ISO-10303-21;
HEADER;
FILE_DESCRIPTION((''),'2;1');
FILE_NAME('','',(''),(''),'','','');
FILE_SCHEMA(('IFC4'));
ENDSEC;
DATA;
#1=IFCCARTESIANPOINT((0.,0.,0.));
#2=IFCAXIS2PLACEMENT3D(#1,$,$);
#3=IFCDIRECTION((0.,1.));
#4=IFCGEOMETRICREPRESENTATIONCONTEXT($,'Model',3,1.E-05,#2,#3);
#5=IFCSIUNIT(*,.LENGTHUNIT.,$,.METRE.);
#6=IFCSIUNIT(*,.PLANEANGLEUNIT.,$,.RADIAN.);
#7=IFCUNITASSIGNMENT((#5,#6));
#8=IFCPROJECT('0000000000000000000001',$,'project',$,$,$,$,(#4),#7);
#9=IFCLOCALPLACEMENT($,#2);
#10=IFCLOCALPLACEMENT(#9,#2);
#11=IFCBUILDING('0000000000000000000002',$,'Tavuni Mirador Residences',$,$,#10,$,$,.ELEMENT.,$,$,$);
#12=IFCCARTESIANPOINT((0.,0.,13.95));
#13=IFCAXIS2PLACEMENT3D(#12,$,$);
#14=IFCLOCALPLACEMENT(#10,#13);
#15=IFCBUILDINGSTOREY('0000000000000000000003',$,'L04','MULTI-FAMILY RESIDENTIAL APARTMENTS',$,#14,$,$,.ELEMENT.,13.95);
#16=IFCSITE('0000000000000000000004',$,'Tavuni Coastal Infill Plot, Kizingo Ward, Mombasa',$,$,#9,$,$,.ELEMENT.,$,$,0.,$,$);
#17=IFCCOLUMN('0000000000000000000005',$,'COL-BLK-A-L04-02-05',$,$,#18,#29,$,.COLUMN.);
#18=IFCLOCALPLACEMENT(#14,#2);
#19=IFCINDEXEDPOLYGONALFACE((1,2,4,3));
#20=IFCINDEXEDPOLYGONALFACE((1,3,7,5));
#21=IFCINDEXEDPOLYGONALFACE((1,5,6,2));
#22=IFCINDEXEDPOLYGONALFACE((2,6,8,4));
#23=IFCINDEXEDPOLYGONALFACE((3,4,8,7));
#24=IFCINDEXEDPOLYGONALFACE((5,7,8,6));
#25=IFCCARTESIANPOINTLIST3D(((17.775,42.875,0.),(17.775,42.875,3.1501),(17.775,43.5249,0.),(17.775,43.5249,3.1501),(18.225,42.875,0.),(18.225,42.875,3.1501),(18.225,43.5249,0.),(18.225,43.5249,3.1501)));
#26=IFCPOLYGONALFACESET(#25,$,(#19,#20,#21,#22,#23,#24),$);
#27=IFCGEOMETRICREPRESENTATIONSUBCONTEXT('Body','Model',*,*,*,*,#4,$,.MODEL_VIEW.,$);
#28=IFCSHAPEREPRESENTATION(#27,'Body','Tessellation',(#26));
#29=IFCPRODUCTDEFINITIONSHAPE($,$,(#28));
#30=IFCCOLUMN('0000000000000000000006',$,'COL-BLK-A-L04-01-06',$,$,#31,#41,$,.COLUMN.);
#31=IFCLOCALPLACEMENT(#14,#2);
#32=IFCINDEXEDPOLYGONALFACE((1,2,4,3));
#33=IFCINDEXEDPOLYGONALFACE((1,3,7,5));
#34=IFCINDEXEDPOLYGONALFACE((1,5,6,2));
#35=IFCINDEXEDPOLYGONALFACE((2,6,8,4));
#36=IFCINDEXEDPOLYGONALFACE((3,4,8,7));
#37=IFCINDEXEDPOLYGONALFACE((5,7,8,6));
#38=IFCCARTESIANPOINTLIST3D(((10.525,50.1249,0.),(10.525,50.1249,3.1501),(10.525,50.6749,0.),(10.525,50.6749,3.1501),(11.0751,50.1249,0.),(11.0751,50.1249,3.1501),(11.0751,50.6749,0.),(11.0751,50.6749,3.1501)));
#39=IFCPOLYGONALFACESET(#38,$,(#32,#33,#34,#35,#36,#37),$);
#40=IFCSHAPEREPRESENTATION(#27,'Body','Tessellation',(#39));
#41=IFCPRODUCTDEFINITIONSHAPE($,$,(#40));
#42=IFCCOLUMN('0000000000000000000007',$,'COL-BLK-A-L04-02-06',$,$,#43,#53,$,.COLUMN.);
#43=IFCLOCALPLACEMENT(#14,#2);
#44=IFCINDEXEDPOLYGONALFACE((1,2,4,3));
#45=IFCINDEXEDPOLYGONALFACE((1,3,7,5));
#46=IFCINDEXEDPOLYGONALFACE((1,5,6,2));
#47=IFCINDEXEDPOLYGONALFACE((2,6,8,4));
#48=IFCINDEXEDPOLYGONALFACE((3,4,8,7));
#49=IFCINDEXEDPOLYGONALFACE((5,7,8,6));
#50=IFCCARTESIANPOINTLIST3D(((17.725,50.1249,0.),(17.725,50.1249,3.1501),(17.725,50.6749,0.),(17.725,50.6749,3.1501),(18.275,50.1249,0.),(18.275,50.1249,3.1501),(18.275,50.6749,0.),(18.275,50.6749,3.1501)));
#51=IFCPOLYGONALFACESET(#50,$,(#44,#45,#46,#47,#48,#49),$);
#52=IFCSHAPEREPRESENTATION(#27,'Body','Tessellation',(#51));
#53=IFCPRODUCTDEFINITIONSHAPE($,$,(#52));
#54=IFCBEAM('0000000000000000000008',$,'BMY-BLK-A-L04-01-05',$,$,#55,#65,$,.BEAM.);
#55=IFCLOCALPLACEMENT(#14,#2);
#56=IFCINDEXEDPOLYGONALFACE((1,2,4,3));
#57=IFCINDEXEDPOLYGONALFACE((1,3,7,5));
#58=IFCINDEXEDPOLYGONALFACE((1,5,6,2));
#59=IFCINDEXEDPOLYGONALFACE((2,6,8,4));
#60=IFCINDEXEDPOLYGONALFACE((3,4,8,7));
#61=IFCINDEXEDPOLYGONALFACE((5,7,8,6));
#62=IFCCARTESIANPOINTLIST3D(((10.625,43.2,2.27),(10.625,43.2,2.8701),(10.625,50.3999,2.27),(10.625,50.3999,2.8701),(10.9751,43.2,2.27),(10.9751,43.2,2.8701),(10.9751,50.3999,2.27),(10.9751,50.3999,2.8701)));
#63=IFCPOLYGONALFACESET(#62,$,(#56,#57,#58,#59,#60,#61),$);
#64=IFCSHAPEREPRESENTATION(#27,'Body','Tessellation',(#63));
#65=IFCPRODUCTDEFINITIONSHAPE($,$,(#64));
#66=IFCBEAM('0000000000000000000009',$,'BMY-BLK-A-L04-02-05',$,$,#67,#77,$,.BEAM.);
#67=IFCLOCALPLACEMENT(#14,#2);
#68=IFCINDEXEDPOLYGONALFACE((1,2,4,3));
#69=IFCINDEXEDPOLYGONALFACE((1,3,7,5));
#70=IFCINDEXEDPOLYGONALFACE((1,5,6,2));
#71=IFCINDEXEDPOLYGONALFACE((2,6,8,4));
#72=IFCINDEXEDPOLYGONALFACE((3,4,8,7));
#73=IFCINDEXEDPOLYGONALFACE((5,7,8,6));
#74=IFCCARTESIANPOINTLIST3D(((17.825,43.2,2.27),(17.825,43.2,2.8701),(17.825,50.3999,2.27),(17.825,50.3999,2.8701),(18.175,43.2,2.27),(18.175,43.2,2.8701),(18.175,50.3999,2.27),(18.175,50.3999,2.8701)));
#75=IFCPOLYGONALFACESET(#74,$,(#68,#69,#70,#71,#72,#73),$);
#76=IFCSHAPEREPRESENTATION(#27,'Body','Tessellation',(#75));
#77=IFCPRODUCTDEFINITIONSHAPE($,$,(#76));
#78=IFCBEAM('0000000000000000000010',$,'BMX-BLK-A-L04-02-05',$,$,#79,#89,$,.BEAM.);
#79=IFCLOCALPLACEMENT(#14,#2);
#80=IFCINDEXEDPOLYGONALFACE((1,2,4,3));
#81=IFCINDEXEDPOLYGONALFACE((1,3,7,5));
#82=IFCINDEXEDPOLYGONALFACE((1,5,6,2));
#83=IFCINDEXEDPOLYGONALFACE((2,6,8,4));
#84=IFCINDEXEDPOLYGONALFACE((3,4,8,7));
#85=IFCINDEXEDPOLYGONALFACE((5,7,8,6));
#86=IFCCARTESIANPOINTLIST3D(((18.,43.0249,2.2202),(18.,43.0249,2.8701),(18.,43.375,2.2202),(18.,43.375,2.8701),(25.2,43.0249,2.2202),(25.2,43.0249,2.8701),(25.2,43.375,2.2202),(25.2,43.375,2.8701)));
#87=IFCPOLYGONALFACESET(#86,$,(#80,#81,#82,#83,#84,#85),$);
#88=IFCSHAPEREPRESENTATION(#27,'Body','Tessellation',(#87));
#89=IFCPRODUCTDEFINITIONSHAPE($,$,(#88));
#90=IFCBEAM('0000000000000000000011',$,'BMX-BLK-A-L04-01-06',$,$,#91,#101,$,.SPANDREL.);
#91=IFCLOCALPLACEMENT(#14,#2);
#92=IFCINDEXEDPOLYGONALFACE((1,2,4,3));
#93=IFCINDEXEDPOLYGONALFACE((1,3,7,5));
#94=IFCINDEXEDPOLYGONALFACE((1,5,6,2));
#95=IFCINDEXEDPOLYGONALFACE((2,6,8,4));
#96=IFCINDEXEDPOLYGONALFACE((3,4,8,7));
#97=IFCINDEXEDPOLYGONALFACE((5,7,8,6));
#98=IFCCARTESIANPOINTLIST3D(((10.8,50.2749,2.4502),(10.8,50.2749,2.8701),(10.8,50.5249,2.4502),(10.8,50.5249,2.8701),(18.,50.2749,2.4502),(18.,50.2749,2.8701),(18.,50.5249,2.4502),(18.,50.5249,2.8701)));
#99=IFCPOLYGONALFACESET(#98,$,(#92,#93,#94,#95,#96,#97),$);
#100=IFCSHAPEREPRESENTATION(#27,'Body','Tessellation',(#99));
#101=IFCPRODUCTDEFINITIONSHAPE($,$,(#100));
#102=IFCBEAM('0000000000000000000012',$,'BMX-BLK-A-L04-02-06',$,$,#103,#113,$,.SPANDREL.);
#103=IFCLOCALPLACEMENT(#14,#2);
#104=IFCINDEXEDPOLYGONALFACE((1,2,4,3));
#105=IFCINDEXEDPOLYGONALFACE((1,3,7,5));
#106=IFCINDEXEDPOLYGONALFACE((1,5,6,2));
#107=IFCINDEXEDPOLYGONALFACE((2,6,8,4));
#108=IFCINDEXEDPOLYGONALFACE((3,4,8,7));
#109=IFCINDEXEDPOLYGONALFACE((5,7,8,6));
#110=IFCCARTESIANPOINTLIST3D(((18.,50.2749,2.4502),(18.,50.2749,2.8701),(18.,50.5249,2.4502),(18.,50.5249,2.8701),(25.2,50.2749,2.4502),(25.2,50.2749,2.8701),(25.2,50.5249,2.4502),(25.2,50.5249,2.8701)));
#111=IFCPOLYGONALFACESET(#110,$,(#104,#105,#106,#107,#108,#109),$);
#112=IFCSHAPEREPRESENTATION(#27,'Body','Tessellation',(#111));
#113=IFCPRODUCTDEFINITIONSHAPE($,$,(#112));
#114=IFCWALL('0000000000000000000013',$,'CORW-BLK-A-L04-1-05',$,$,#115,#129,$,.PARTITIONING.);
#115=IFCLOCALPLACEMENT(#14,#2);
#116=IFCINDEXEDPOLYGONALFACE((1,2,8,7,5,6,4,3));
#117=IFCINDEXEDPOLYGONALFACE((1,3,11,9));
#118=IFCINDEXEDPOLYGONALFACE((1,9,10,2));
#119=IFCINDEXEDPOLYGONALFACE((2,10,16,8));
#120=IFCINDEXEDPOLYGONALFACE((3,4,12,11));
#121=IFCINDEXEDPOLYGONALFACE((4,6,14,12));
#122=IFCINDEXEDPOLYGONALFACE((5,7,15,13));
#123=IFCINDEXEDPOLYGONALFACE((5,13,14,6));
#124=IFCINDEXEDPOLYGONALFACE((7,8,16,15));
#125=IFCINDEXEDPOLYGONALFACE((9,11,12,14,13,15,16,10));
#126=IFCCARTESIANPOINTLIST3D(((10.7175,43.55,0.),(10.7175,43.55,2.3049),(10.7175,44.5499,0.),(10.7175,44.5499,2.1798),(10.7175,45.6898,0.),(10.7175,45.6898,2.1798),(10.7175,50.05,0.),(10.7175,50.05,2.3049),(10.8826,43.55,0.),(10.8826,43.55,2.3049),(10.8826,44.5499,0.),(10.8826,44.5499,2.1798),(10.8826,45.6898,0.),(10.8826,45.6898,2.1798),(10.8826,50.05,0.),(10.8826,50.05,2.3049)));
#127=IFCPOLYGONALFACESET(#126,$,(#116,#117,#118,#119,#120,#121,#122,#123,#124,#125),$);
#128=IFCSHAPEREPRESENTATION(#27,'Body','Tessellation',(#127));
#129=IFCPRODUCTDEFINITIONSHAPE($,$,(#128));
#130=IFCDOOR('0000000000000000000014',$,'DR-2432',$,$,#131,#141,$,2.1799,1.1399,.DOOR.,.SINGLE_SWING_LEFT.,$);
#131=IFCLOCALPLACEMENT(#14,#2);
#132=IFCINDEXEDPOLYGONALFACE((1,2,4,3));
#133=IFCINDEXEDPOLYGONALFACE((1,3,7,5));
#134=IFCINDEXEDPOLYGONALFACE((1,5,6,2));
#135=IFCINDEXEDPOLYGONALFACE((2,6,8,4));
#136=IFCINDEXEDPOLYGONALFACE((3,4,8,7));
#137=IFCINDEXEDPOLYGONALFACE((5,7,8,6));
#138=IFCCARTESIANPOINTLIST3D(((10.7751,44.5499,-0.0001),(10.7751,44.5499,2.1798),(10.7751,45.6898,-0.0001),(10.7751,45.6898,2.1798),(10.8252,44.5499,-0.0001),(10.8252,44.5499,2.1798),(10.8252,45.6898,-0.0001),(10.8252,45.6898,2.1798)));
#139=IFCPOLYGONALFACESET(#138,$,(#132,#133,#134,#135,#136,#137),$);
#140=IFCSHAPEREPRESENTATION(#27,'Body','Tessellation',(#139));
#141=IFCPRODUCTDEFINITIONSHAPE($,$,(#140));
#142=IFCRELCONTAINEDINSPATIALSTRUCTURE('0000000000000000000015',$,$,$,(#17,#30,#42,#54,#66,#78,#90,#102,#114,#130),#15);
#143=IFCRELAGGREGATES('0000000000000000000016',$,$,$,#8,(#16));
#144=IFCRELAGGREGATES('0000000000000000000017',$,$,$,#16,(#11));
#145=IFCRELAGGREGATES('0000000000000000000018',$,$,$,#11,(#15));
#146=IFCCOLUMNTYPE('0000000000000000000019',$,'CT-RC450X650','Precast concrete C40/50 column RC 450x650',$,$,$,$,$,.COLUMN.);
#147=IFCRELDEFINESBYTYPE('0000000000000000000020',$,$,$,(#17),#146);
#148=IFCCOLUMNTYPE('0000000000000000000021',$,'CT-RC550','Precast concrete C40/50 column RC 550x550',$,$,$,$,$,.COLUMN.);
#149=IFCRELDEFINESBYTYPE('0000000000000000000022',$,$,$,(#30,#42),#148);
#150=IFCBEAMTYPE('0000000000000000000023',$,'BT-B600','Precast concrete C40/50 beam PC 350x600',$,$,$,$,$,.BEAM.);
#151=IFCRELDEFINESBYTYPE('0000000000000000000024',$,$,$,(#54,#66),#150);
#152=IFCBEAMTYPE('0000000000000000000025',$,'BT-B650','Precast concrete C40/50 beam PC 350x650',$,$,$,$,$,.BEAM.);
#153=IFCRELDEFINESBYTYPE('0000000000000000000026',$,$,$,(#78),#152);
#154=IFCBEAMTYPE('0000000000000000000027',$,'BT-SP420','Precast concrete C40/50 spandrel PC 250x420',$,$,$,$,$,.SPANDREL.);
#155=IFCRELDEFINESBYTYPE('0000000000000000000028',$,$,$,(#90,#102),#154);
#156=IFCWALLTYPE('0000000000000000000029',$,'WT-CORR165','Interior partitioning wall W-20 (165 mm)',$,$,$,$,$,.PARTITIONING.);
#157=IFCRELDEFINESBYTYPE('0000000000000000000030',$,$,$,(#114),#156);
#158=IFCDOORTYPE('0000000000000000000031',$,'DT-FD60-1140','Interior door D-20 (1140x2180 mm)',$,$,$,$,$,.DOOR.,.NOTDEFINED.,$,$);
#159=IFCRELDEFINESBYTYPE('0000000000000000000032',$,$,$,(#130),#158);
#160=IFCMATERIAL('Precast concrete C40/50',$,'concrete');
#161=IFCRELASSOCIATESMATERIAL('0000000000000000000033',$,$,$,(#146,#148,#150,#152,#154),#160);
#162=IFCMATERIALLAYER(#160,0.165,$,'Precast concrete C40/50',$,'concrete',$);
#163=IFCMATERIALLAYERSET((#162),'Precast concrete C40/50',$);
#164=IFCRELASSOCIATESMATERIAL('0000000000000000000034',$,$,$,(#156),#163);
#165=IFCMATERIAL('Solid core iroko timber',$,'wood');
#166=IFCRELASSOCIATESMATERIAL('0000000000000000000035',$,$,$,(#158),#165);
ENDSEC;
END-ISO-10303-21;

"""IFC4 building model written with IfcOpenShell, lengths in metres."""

from ifc_helpers import new_model, si_unit, direction, frame, frame_2d, origin, origin_2d, place, context, subcontext, project, spatial, rectangle, extrude, material, layer, layer_set, material_profile, profile_set, type_object, element, fill, save


model = new_model("IFC4")

# Units and contexts
model_context = context("Model", 3, precision=1e-05, world=origin(), true_north=direction((0.0, 1.0)))
body_context = subcontext(model_context, "Body", "Model", "MODEL_VIEW")
ifc_project = project(units=[si_unit("LENGTHUNIT", "METRE"), si_unit("PLANEANGLEUNIT", "RADIAN")], contexts=[model_context])

# Site, building, storey
site_placement = place(None, origin())
site = spatial("IfcSite", under=ifc_project, at=site_placement, Name="Tavuni Coastal Infill Plot, Kizingo Ward, Mombasa", CompositionType="ELEMENT", RefElevation=0.0)
building_placement = place(site_placement, origin())
building = spatial("IfcBuilding", under=site, at=building_placement, Name="Tavuni Mirador Residences", CompositionType="ELEMENT")
storey_placement = place(building_placement, frame((0.0, 0.0, 13.95)))
storey = spatial("IfcBuildingStorey", under=building, at=storey_placement, Name="L04", Description="MULTI-FAMILY RESIDENTIAL APARTMENTS", CompositionType="ELEMENT", Elevation=13.95)

# Columns
ifc_material_1 = material(Name="Precast concrete C40/50", Category="concrete")
ifc_material_profile_1 = material_profile(ifc_material_1, rectangle(XDim=0.45, YDim=0.6499, at=origin_2d()), Name="RC 450x650", Category="concrete")
ifc_profile_set_1 = profile_set([ifc_material_profile_1], Name="Precast concrete C40/50")
column_type_1 = type_object("IfcColumnType", Name="CT-RC450X650", Description="Precast concrete C40/50 column RC 450x650", PredefinedType="COLUMN", material=ifc_profile_set_1)
column_placement = place(storey_placement, frame((18.0, 43.2, 0.0), z_axis=(0.0, 0.0, 1.0), x_axis=(1.0, 0.0, 0.0)))
element("IfcColumn", 1, at=column_placement, inside=storey, type_object=column_type_1, Name="COL-BLK-A-L04-02-05", PredefinedType="COLUMN", context=body_context, shape_type="SweptSolid", body=[
    extrude(rectangle(XDim=0.45, YDim=0.6499, at=origin_2d()), origin(), (0.0, 0.0, 1.0), 3.1501),
])
ifc_material_profile_2 = material_profile(ifc_material_1, rectangle(XDim=0.55, YDim=0.55, at=origin_2d()), Name="RC 550x550", Category="concrete")
ifc_profile_set_2 = profile_set([ifc_material_profile_2], Name="Precast concrete C40/50")
column_type_2 = type_object("IfcColumnType", Name="CT-RC550", Description="Precast concrete C40/50 column RC 550x550", PredefinedType="COLUMN", material=ifc_profile_set_2)
for number, where, z_axis, x_axis, name in (
    (2, (10.8, 50.3999, 0.0), (0.0, 0.0, 1.0), (1.0, 0.0, 0.0), "COL-BLK-A-L04-01-06"),
    (3, (18.0, 50.3999, 0.0), (0.0, 0.0, 1.0), (1.0, 0.0, 0.0), "COL-BLK-A-L04-02-06"),
):
    element("IfcColumn", number, at=place(storey_placement, frame(where, z_axis=z_axis, x_axis=x_axis)), inside=storey, type_object=column_type_2, Name=name, PredefinedType="COLUMN", context=body_context, shape_type="SweptSolid", body=[
        extrude(rectangle(XDim=0.55, YDim=0.55, at=origin_2d()), origin(), (0.0, 0.0, 1.0), 3.1501),
    ])

# Beams
ifc_material_profile_3 = material_profile(ifc_material_1, rectangle(XDim=0.3501, YDim=0.6001, at=origin_2d()), Name="PC 350x600", Category="concrete")
ifc_profile_set_3 = profile_set([ifc_material_profile_3], Name="Precast concrete C40/50")
beam_type_1 = type_object("IfcBeamType", Name="BT-B600", Description="Precast concrete C40/50 beam PC 350x600", PredefinedType="BEAM", material=ifc_profile_set_3)
for number, where, z_axis, x_axis, name in (
    (4, (10.8, 43.2, 2.5701), (0.0, 1.0, 0.0), (-1.0, 0.0, 0.0), "BMY-BLK-A-L04-01-05"),
    (5, (18.0, 43.2, 2.5701), (0.0, 1.0, 0.0), (-1.0, 0.0, 0.0), "BMY-BLK-A-L04-02-05"),
):
    element("IfcBeam", number, at=place(storey_placement, frame(where, z_axis=z_axis, x_axis=x_axis)), inside=storey, type_object=beam_type_1, Name=name, PredefinedType="BEAM", context=body_context, shape_type="SweptSolid", body=[
        extrude(rectangle(XDim=0.3501, YDim=0.6001, at=origin_2d()), origin(), (0.0, 0.0, 1.0), 7.2),
    ])
ifc_material_profile_4 = material_profile(ifc_material_1, rectangle(XDim=0.3501, YDim=0.6499, at=origin_2d()), Name="PC 350x650", Category="concrete")
ifc_profile_set_4 = profile_set([ifc_material_profile_4], Name="Precast concrete C40/50")
beam_type_2 = type_object("IfcBeamType", Name="BT-B650", Description="Precast concrete C40/50 beam PC 350x650", PredefinedType="BEAM", material=ifc_profile_set_4)
beam_placement = place(storey_placement, frame((18.0, 43.2, 2.5452), z_axis=(1.0, 0.0, 0.0), x_axis=(0.0, 1.0, 0.0)))
element("IfcBeam", 6, at=beam_placement, inside=storey, type_object=beam_type_2, Name="BMX-BLK-A-L04-02-05", PredefinedType="BEAM", context=body_context, shape_type="SweptSolid", body=[
    extrude(rectangle(XDim=0.3501, YDim=0.6499, at=origin_2d()), origin(), (0.0, 0.0, 1.0), 7.2),
])
ifc_material_profile_5 = material_profile(ifc_material_1, rectangle(XDim=0.25, YDim=0.4199, at=origin_2d()), Name="PC 250x420", Category="concrete")
ifc_profile_set_5 = profile_set([ifc_material_profile_5], Name="Precast concrete C40/50")
beam_type_3 = type_object("IfcBeamType", Name="BT-SP420", Description="Precast concrete C40/50 spandrel PC 250x420", PredefinedType="SPANDREL", material=ifc_profile_set_5)
for number, where, z_axis, x_axis, name in (
    (7, (10.8, 50.3999, 2.6602), (1.0, 0.0, 0.0), (0.0, 1.0, 0.0), "BMX-BLK-A-L04-01-06"),
    (8, (18.0, 50.3999, 2.6602), (1.0, 0.0, 0.0), (0.0, 1.0, 0.0), "BMX-BLK-A-L04-02-06"),
):
    element("IfcBeam", number, at=place(storey_placement, frame(where, z_axis=z_axis, x_axis=x_axis)), inside=storey, type_object=beam_type_3, Name=name, PredefinedType="SPANDREL", context=body_context, shape_type="SweptSolid", body=[
        extrude(rectangle(XDim=0.25, YDim=0.4199, at=origin_2d()), origin(), (0.0, 0.0, 1.0), 7.2),
    ])

# Wall, opening, door
ifc_layer_1 = layer(ifc_material_1, 0.165, Name="Precast concrete C40/50", Category="concrete")
ifc_layer_set_1 = layer_set([ifc_layer_1], Name="Precast concrete C40/50")
wall_type_1 = type_object("IfcWallType", Name="WT-CORR165", Description="Interior partitioning wall W-20 (165 mm)", PredefinedType="PARTITIONING", material=ifc_layer_set_1)
wall_1_placement = place(storey_placement, frame((10.8, 43.55, 0.0), z_axis=(0.0, 0.0, 1.0), x_axis=(0.0, 1.0, 0.0)))
wall_1 = element("IfcWall", 9, at=wall_1_placement, inside=storey, type_object=wall_type_1, Name="CORW-BLK-A-L04-1-05", PredefinedType="PARTITIONING", context=body_context, shape_type="SweptSolid", body=[
    extrude(rectangle(XDim=6.5, YDim=0.165, at=frame_2d((3.25, 0.0))), origin(), (0.0, 0.0, 1.0), 2.3049),
])
opening_1_placement = place(wall_1_placement, frame((1.0, 0.0, 0.0)))
opening_1 = element("IfcOpeningElement", 10, at=opening_1_placement, cuts=wall_1, PredefinedType="OPENING", context=body_context, shape_type="SweptSolid", body=[
    extrude(rectangle(XDim=1.1399, YDim=2.1799, at=frame_2d((0.5698, 1.0898))), frame((0.0, 0.0925, 0.0), z_axis=(0.0, -1.0, 0.0), x_axis=(1.0, 0.0, 0.0)), (0.0, 0.0, 1.0), 0.1851),
])
ifc_material_2 = material(Name="Solid core iroko timber", Category="wood")
door_type = type_object("IfcDoorType", Name="DT-FD60-1140", Description="Interior door D-20 (1140x2180 mm)", OperationType="NOTDEFINED", PredefinedType="DOOR", material=ifc_material_2)
door_placement = place(opening_1_placement, origin())
door = element("IfcDoor", 11, at=door_placement, inside=storey, type_object=door_type, Name="DR-2432", OperationType="SINGLE_SWING_LEFT", OverallHeight=2.1799, OverallWidth=1.1399, PredefinedType="DOOR", context=body_context, shape_type="SweptSolid", body=[
    extrude(rectangle(XDim=1.1399, YDim=2.1799, at=frame_2d((0.5698, 1.0898))), frame((0.0, 0.0249, 0.0), z_axis=(0.0, -1.0, 0.0), x_axis=(1.0, 0.0, 0.0)), (0.0, 0.0, 1.0), 0.05),
])
fill(opening_1, door)

save(model, "model.ifc")
